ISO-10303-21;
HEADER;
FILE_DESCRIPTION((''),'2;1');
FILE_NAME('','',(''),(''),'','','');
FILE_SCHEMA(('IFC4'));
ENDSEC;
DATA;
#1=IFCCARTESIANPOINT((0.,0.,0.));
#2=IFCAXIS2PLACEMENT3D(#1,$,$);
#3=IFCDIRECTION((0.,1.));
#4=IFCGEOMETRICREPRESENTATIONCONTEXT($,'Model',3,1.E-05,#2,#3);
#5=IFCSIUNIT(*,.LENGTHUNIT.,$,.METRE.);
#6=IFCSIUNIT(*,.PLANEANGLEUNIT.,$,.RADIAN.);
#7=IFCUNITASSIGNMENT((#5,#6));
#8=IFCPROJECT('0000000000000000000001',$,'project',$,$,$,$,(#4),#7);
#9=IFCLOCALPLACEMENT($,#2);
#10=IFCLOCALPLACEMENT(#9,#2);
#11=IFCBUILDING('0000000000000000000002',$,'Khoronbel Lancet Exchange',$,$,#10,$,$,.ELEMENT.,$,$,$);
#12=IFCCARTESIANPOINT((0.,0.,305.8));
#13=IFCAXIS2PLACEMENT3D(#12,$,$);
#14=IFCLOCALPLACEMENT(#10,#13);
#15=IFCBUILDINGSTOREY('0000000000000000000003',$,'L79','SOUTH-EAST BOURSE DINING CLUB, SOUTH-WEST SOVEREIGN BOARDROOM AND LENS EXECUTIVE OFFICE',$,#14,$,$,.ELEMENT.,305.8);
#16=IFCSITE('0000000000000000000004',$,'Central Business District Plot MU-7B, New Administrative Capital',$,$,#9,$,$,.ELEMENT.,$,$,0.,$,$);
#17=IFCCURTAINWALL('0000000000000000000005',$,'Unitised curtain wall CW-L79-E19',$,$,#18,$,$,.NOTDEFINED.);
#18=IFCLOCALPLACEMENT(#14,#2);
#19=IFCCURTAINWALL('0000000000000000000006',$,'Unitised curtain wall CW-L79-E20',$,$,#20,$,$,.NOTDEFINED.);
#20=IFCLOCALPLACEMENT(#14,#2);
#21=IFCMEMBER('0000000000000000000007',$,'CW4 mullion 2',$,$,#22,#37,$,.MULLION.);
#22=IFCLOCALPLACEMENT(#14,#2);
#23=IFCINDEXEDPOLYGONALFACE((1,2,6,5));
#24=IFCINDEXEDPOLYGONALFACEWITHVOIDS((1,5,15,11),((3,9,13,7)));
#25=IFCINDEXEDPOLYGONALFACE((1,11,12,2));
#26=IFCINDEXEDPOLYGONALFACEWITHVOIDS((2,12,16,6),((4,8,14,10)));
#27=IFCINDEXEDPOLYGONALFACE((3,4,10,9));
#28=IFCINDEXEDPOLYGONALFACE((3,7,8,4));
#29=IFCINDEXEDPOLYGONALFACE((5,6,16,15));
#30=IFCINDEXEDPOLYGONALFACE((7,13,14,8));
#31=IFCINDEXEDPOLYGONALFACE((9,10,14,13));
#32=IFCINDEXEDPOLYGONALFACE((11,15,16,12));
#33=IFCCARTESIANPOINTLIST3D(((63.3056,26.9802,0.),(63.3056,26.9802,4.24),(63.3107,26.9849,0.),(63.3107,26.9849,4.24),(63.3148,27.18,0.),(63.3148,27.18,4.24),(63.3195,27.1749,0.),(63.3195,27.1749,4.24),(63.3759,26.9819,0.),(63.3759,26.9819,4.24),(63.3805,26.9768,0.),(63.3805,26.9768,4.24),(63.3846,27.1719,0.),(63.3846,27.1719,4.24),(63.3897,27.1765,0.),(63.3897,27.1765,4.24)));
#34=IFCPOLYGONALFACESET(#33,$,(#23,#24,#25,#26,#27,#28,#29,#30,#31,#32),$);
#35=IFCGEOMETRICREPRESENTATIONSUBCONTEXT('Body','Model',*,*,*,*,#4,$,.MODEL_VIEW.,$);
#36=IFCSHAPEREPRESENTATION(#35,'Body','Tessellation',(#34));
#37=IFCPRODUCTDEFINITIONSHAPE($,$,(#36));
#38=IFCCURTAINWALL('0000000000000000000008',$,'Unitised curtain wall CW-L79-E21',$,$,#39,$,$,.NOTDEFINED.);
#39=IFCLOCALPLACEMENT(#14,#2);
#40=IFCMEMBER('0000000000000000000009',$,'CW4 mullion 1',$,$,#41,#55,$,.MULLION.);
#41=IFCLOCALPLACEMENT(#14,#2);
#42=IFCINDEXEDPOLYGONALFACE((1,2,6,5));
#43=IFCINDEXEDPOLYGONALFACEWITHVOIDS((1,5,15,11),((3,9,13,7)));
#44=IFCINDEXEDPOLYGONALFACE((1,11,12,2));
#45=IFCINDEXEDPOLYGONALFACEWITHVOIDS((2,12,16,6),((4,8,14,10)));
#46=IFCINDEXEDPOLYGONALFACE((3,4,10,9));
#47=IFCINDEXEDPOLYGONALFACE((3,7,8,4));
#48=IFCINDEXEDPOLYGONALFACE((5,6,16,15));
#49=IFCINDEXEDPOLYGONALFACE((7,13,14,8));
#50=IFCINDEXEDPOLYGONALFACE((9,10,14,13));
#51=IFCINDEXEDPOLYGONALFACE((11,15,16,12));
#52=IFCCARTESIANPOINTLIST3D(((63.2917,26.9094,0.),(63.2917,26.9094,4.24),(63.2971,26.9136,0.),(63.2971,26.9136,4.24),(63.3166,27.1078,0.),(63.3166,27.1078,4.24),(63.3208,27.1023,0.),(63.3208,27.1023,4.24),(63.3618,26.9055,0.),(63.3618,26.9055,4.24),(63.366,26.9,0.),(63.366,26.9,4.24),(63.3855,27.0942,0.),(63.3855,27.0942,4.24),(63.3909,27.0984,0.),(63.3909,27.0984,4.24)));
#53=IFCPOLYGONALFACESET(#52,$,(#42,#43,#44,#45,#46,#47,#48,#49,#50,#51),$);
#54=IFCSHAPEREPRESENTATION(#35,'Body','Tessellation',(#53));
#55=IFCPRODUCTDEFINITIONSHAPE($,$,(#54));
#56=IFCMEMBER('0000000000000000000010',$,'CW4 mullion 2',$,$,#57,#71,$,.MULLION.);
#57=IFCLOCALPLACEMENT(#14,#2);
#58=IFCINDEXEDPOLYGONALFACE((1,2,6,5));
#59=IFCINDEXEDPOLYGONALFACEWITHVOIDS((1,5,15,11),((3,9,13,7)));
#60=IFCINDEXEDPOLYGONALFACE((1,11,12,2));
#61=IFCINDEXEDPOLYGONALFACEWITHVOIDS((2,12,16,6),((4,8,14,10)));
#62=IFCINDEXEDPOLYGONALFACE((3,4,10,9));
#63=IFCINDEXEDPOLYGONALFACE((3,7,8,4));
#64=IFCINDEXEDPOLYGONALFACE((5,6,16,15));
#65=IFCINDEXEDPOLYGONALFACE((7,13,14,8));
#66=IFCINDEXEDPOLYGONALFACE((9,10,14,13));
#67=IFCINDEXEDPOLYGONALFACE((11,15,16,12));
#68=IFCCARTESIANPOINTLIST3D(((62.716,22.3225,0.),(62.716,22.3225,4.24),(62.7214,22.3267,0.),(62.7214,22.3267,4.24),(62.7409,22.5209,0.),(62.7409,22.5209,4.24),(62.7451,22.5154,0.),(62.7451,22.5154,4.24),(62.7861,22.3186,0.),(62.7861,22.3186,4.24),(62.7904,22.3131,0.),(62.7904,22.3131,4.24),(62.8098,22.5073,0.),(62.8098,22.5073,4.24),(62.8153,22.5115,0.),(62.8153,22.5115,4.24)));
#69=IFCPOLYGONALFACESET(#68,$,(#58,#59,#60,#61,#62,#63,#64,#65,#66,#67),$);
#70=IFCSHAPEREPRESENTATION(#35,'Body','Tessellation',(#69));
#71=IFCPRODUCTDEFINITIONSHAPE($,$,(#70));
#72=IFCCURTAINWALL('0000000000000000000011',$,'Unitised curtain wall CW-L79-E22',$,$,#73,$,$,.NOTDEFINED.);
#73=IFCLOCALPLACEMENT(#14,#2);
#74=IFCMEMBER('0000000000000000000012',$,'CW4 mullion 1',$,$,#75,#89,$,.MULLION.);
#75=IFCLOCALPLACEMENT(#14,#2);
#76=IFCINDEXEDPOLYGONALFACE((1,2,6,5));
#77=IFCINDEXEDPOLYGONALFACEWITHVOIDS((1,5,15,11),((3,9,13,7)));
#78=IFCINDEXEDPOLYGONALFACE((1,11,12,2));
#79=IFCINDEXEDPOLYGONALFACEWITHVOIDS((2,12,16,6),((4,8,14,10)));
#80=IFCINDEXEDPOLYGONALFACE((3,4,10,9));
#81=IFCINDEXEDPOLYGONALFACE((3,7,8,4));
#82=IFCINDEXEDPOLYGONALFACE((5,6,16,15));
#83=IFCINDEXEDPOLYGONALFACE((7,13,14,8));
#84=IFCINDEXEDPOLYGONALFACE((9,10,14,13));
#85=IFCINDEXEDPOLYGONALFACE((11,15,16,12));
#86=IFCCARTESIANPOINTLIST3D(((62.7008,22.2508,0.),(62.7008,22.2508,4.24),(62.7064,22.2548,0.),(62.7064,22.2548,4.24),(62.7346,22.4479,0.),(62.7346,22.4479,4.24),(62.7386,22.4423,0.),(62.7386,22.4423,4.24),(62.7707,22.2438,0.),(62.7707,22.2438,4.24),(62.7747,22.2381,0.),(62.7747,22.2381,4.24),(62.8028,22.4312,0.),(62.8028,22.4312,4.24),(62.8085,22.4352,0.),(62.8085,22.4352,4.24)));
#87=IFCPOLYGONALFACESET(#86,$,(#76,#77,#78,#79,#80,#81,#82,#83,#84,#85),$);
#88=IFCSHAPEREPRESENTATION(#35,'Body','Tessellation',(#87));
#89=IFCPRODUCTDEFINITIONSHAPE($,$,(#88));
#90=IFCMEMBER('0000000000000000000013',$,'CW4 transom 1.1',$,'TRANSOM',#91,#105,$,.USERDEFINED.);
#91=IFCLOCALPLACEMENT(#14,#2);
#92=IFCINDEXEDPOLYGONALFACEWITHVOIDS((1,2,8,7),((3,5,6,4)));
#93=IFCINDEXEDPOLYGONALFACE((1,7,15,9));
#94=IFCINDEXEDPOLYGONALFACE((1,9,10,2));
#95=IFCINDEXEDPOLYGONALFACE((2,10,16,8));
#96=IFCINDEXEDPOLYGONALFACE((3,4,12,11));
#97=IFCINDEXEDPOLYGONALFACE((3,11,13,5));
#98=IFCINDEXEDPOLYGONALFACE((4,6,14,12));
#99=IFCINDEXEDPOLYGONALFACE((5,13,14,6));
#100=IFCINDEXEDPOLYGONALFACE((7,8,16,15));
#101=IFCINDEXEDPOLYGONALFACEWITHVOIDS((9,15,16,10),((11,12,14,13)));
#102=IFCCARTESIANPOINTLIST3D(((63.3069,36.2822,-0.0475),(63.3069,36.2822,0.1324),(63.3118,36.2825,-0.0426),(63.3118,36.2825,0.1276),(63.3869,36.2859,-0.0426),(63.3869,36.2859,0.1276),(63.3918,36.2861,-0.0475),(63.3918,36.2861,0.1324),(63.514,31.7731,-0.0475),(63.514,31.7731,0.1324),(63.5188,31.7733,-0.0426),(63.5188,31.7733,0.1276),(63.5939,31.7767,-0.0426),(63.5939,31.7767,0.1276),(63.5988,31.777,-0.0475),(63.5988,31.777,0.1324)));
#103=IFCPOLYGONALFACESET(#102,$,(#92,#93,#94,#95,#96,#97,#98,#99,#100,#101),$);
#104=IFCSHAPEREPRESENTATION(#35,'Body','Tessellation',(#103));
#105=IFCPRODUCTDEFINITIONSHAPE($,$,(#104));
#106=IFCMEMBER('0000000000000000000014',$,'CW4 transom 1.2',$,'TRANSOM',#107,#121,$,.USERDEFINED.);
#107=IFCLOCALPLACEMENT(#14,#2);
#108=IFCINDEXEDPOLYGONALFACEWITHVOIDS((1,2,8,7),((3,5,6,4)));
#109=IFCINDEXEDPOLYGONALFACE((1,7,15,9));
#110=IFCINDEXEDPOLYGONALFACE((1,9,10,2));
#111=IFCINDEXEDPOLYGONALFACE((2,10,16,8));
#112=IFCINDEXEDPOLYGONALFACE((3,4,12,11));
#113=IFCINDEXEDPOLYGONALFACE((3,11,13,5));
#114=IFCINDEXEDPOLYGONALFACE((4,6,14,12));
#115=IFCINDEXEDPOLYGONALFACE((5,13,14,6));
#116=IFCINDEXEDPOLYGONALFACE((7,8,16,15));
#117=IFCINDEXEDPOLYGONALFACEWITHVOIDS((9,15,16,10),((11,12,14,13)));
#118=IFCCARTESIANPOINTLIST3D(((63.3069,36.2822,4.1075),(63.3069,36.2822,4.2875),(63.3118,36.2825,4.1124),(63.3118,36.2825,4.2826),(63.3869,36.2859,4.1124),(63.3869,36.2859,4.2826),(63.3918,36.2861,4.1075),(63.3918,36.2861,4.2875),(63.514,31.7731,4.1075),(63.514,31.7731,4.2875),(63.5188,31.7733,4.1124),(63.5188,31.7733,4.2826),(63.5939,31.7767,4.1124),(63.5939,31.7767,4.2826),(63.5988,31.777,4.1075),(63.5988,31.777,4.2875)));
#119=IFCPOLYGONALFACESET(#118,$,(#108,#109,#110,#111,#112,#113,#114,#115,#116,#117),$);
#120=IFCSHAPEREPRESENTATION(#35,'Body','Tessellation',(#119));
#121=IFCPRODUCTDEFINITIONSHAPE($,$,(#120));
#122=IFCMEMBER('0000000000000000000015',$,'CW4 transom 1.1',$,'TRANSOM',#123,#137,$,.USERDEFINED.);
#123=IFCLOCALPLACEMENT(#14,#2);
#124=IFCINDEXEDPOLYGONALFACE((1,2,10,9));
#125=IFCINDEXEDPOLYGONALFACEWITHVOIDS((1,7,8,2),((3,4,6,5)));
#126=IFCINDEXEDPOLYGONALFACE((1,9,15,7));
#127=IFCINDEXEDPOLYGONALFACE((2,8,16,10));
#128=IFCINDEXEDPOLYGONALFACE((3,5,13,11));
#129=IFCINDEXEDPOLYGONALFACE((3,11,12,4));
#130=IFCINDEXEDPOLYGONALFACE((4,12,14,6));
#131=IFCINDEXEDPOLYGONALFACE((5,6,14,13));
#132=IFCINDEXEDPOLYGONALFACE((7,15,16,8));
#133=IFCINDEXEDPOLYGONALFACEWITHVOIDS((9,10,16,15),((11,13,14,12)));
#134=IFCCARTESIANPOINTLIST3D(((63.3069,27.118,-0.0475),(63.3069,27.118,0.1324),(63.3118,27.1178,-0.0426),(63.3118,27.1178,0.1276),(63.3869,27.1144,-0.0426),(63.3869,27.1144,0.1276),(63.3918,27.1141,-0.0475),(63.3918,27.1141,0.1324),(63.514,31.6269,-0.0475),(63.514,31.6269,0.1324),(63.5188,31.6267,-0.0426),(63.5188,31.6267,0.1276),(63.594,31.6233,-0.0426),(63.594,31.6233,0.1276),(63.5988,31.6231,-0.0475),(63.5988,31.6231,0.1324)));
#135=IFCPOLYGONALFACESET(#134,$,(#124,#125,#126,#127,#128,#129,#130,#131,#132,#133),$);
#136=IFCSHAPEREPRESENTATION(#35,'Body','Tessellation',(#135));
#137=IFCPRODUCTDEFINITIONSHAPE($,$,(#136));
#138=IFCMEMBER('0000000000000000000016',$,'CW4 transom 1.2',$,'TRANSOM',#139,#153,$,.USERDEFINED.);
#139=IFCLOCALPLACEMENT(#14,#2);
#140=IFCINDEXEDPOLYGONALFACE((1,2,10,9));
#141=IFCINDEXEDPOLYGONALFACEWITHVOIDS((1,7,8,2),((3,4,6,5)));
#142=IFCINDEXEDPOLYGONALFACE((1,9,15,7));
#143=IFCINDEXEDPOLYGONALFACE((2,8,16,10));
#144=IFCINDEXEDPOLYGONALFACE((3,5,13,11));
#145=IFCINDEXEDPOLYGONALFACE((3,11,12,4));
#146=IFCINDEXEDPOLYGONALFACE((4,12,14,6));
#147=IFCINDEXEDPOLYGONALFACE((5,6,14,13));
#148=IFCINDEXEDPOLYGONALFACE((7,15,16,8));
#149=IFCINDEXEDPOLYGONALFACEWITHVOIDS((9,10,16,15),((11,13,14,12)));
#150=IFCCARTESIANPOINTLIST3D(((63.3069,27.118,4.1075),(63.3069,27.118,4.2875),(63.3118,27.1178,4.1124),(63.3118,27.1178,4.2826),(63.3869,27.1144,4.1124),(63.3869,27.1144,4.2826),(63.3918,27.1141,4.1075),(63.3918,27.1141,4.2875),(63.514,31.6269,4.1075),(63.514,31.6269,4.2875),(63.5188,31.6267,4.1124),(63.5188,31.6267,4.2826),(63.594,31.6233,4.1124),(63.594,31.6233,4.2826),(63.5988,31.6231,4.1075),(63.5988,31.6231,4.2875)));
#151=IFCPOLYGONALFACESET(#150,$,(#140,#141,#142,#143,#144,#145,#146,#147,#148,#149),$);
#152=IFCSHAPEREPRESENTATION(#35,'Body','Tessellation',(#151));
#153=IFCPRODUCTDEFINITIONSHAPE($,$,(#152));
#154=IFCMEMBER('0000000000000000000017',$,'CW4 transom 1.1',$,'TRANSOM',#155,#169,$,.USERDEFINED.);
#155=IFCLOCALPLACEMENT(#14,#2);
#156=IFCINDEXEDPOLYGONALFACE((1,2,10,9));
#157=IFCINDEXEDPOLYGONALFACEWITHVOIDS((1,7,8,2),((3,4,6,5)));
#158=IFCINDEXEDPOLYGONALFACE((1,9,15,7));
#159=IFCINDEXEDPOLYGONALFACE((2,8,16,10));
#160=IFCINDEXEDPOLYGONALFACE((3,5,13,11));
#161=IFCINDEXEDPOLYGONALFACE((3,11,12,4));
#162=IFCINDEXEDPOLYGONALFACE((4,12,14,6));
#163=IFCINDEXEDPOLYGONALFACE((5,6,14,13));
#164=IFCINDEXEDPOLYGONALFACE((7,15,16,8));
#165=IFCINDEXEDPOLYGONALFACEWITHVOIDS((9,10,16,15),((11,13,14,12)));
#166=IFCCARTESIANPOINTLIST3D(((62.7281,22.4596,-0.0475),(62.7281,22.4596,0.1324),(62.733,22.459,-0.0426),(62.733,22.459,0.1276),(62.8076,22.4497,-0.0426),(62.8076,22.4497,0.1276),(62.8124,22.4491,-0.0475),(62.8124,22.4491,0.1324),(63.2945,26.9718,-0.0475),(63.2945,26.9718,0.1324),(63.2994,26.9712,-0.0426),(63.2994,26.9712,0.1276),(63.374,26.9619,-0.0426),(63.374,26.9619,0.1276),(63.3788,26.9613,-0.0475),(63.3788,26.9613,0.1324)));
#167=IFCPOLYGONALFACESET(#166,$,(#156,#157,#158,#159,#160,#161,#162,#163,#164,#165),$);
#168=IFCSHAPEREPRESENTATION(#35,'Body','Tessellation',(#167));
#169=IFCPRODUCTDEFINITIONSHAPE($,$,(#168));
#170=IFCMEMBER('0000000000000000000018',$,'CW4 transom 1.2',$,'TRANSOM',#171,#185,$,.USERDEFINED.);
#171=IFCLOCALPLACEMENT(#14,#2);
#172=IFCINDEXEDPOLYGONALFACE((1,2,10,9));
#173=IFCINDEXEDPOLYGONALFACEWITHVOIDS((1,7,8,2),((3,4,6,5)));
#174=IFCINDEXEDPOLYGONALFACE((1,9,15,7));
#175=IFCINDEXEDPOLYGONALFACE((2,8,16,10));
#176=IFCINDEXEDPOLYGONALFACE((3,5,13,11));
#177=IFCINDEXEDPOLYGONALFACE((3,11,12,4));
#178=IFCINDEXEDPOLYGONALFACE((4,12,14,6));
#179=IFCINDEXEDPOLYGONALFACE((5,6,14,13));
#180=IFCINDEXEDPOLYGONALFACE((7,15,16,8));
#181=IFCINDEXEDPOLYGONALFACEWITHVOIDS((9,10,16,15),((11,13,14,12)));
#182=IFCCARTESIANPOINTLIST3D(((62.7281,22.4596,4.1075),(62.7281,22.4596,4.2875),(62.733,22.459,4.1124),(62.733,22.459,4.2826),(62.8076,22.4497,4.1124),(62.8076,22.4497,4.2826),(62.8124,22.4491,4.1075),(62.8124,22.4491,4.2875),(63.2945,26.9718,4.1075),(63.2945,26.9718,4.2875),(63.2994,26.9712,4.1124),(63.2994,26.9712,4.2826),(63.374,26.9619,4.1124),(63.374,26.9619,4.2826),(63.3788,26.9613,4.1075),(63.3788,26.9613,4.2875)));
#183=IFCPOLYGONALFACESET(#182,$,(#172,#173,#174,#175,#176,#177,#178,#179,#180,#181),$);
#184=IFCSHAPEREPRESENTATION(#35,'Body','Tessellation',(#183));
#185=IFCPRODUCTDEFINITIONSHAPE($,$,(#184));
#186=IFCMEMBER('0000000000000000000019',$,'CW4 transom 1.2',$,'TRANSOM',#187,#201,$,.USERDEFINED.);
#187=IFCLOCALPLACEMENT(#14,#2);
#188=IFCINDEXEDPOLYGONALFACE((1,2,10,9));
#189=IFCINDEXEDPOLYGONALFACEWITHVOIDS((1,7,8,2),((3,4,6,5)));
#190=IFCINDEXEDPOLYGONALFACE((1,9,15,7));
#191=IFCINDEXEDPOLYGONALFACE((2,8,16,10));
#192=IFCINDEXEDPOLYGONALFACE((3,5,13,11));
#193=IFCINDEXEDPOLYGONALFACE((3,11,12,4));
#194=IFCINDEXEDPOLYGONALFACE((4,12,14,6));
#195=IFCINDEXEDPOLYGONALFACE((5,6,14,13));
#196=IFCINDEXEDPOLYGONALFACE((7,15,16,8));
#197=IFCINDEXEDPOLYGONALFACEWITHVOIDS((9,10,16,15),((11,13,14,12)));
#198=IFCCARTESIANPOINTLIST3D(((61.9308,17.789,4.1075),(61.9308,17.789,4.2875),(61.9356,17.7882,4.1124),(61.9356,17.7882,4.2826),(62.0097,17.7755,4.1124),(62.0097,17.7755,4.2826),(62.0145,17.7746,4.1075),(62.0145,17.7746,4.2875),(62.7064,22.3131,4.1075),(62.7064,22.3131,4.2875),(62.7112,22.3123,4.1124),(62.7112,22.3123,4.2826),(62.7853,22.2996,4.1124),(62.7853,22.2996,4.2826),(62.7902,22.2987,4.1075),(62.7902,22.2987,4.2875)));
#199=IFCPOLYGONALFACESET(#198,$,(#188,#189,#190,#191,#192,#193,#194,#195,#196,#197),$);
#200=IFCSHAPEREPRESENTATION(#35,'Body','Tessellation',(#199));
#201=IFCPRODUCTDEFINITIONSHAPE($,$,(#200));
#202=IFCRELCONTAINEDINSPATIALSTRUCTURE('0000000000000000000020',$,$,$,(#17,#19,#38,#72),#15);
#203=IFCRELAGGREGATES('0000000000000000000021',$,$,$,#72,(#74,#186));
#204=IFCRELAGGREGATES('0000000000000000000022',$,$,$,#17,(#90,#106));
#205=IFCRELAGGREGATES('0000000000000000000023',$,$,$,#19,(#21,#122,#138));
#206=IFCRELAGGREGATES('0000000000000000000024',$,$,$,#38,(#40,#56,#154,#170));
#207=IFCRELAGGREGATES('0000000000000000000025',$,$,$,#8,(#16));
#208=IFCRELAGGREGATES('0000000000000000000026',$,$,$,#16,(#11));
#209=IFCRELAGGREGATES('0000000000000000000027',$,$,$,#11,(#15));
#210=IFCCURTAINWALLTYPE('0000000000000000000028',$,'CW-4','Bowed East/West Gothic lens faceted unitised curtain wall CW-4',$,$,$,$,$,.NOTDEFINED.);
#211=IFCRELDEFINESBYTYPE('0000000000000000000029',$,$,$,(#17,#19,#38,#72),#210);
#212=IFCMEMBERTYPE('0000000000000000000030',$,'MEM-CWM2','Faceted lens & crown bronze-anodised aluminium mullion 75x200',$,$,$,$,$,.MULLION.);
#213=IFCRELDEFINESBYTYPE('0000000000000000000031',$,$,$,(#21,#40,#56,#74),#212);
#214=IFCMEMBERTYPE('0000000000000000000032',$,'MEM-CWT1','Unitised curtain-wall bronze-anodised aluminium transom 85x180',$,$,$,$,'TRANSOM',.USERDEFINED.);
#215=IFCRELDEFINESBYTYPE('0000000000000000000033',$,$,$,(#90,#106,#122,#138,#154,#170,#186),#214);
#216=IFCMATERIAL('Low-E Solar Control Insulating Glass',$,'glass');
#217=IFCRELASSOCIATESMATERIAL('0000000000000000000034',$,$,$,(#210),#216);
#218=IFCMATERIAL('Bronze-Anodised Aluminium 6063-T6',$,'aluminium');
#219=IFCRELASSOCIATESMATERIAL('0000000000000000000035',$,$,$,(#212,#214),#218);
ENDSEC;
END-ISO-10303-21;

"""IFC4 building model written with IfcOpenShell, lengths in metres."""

from ifc_helpers import new_model, si_unit, direction, frame, origin, origin_2d, place, context, subcontext, project, spatial, hollow_rectangle, extrude, material, material_profile, profile_set, type_object, element, aggregate, save


model = new_model("IFC4")

# Units and contexts
model_context = context("Model", 3, precision=1e-05, world=origin(), true_north=direction((0.0, 1.0)))
body_context = subcontext(model_context, "Body", "Model", "MODEL_VIEW")
ifc_project = project(units=[si_unit("LENGTHUNIT", "METRE"), si_unit("PLANEANGLEUNIT", "RADIAN")], contexts=[model_context])

# Site, building, storey
site_placement = place(None, origin())
site = spatial("IfcSite", under=ifc_project, at=site_placement, Name="Central Business District Plot MU-7B, New Administrative Capital", CompositionType="ELEMENT", RefElevation=0.0)
building_placement = place(site_placement, origin())
building = spatial("IfcBuilding", under=site, at=building_placement, Name="Khoronbel Lancet Exchange", CompositionType="ELEMENT")
storey_placement = place(building_placement, frame((0.0, 0.0, 305.8)))
storey = spatial("IfcBuildingStorey", under=building, at=storey_placement, Name="L79", Description="SOUTH-EAST BOURSE DINING CLUB, SOUTH-WEST SOVEREIGN BOARDROOM AND LENS EXECUTIVE OFFICE", CompositionType="ELEMENT", Elevation=305.8)

# Shared definitions
ifc_material_1 = material(Name="Low-E Solar Control Insulating Glass", Category="glass")
curtain_wall_type = type_object("IfcCurtainWallType", Name="CW-4", Description="Bowed East/West Gothic lens faceted unitised curtain wall CW-4", PredefinedType="NOTDEFINED", material=ifc_material_1)
ifc_material_2 = material(Name="Bronze-Anodised Aluminium 6063-T6", Category="aluminium")
ifc_material_profile_1 = material_profile(ifc_material_2, hollow_rectangle(XDim=0.075, YDim=0.2, WallThickness=0.0049, at=origin_2d()), Name="ALU MULLION 75x200")
ifc_profile_set_1 = profile_set([ifc_material_profile_1], Name="Bronze-Anodised Aluminium 6063-T6")
member_type_1 = type_object("IfcMemberType", Name="MEM-CWM2", Description="Faceted lens & crown bronze-anodised aluminium mullion 75x200", PredefinedType="MULLION", material=ifc_profile_set_1)

# Curtain walls, members
curtain_wall_1_placement = place(storey_placement, origin())
curtain_wall_1 = element("IfcCurtainWall", 1, at=curtain_wall_1_placement, inside=storey, type_object=curtain_wall_type, Name="Unitised curtain wall CW-L79-E19", PredefinedType="NOTDEFINED")
curtain_wall_2_placement = place(storey_placement, origin())
curtain_wall_2 = element("IfcCurtainWall", 2, at=curtain_wall_2_placement, inside=storey, type_object=curtain_wall_type, Name="Unitised curtain wall CW-L79-E20", PredefinedType="NOTDEFINED")
member_1_placement = place(storey_placement, frame((63.3477, 27.0784, 0.0), z_axis=(0.0, 0.0, 1.0), x_axis=(0.998947, -0.045884, 0.0)))
member_1 = element("IfcMember", 3, at=member_1_placement, type_object=member_type_1, Name="CW4 mullion 2", PredefinedType="MULLION", context=body_context, shape_type="SweptSolid", body=[
    extrude(hollow_rectangle(XDim=0.075, YDim=0.2, WallThickness=0.0049, at=origin_2d()), origin(), (0.0, 0.0, 1.0), 4.24),
])
curtain_wall_3_placement = place(storey_placement, origin())
curtain_wall_3 = element("IfcCurtainWall", 4, at=curtain_wall_3_placement, inside=storey, type_object=curtain_wall_type, Name="Unitised curtain wall CW-L79-E21", PredefinedType="NOTDEFINED")
member_2_placement = place(storey_placement, frame((63.3413, 27.0039, 0.0), z_axis=(0.0, 0.0, 1.0), x_axis=(0.992218, -0.124509, 0.0)))
member_2 = element("IfcMember", 5, at=member_2_placement, type_object=member_type_1, Name="CW4 mullion 1", PredefinedType="MULLION", context=body_context, shape_type="SweptSolid", body=[
    extrude(hollow_rectangle(XDim=0.075, YDim=0.2, WallThickness=0.0049, at=origin_2d()), origin(), (0.0, 0.0, 1.0), 4.24),
])
member_3_placement = place(storey_placement, frame((62.7656, 22.417, 0.0), z_axis=(0.0, 0.0, 1.0), x_axis=(0.992218, -0.124509, 0.0)))
member_3 = element("IfcMember", 6, at=member_3_placement, type_object=member_type_1, Name="CW4 mullion 2", PredefinedType="MULLION", context=body_context, shape_type="SweptSolid", body=[
    extrude(hollow_rectangle(XDim=0.075, YDim=0.2, WallThickness=0.0049, at=origin_2d()), origin(), (0.0, 0.0, 1.0), 4.24),
])

# Curtain wall, member
curtain_wall_4_placement = place(storey_placement, origin())
curtain_wall_4 = element("IfcCurtainWall", 7, at=curtain_wall_4_placement, inside=storey, type_object=curtain_wall_type, Name="Unitised curtain wall CW-L79-E22", PredefinedType="NOTDEFINED")
member_4_placement = place(storey_placement, frame((62.7546, 22.343, 0.0), z_axis=(0.0, 0.0, 1.0), x_axis=(0.98562, -0.168974, 0.0)))
member_4 = element("IfcMember", 8, at=member_4_placement, type_object=member_type_1, Name="CW4 mullion 1", PredefinedType="MULLION", context=body_context, shape_type="SweptSolid", body=[
    extrude(hollow_rectangle(XDim=0.075, YDim=0.2, WallThickness=0.0049, at=origin_2d()), origin(), (0.0, 0.0, 1.0), 4.24),
])

# Members
ifc_material_profile_2 = material_profile(ifc_material_2, hollow_rectangle(XDim=0.085, YDim=0.1799, WallThickness=0.0049, at=origin_2d()), Name="ALU TRANSOM 85x180")
ifc_profile_set_2 = profile_set([ifc_material_profile_2], Name="Bronze-Anodised Aluminium 6063-T6")
member_type_2 = type_object("IfcMemberType", Name="MEM-CWT1", Description="Unitised curtain-wall bronze-anodised aluminium transom 85x180", ElementType="TRANSOM", PredefinedType="USERDEFINED", material=ifc_profile_set_2)
member_5_placement = place(storey_placement, frame((63.3494, 36.2842, 0.0425), z_axis=(0.045864, -0.998948, 0.0), x_axis=(0.998948, 0.045864, 0.0)))
member_5 = element("IfcMember", 9, at=member_5_placement, type_object=member_type_2, Name="CW4 transom 1.1", ObjectType="TRANSOM", PredefinedType="USERDEFINED", context=body_context, shape_type="SweptSolid", body=[
    extrude(hollow_rectangle(XDim=0.085, YDim=0.1799, WallThickness=0.0049, at=origin_2d()), origin(), (0.0, 0.0, 1.0), 4.5139),
])
member_6_placement = place(storey_placement, frame((63.3494, 36.2842, 4.1975), z_axis=(0.045864, -0.998948, 0.0), x_axis=(0.998948, 0.045864, 0.0)))
member_6 = element("IfcMember", 10, at=member_6_placement, type_object=member_type_2, Name="CW4 transom 1.2", ObjectType="TRANSOM", PredefinedType="USERDEFINED", context=body_context, shape_type="SweptSolid", body=[
    extrude(hollow_rectangle(XDim=0.085, YDim=0.1799, WallThickness=0.0049, at=origin_2d()), origin(), (0.0, 0.0, 1.0), 4.5139),
])
member_7_placement = place(storey_placement, frame((63.5564, 31.625, 0.0425), z_axis=(-0.045866, -0.998948, 0.0), x_axis=(0.998948, -0.045866, 0.0)))
member_7 = element("IfcMember", 11, at=member_7_placement, type_object=member_type_2, Name="CW4 transom 1.1", ObjectType="TRANSOM", PredefinedType="USERDEFINED", context=body_context, shape_type="SweptSolid", body=[
    extrude(hollow_rectangle(XDim=0.085, YDim=0.1799, WallThickness=0.0049, at=origin_2d()), origin(), (0.0, 0.0, 1.0), 4.5137),
])
member_8_placement = place(storey_placement, frame((63.5564, 31.625, 4.1975), z_axis=(-0.045866, -0.998948, 0.0), x_axis=(0.998948, -0.045866, 0.0)))
member_8 = element("IfcMember", 12, at=member_8_placement, type_object=member_type_2, Name="CW4 transom 1.2", ObjectType="TRANSOM", PredefinedType="USERDEFINED", context=body_context, shape_type="SweptSolid", body=[
    extrude(hollow_rectangle(XDim=0.085, YDim=0.1799, WallThickness=0.0049, at=origin_2d()), origin(), (0.0, 0.0, 1.0), 4.5137),
])
member_9_placement = place(storey_placement, frame((63.3367, 26.9666, 0.0425), z_axis=(-0.12455, -0.992213, 0.0), x_axis=(0.992213, -0.12455, 0.0)))
member_9 = element("IfcMember", 13, at=member_9_placement, type_object=member_type_2, Name="CW4 transom 1.1", ObjectType="TRANSOM", PredefinedType="USERDEFINED", context=body_context, shape_type="SweptSolid", body=[
    extrude(hollow_rectangle(XDim=0.085, YDim=0.1799, WallThickness=0.0049, at=origin_2d()), origin(), (0.0, 0.0, 1.0), 4.5476),
])
member_10_placement = place(storey_placement, frame((63.3367, 26.9666, 4.1975), z_axis=(-0.12455, -0.992213, 0.0), x_axis=(0.992213, -0.12455, 0.0)))
member_10 = element("IfcMember", 14, at=member_10_placement, type_object=member_type_2, Name="CW4 transom 1.2", ObjectType="TRANSOM", PredefinedType="USERDEFINED", context=body_context, shape_type="SweptSolid", body=[
    extrude(hollow_rectangle(XDim=0.085, YDim=0.1799, WallThickness=0.0049, at=origin_2d()), origin(), (0.0, 0.0, 1.0), 4.5476),
])
member_11_placement = place(storey_placement, frame((62.7483, 22.3059, 4.1975), z_axis=(-0.168977, -0.98562, 0.0), x_axis=(0.98562, -0.168977, 0.0)))
member_11 = element("IfcMember", 15, at=member_11_placement, type_object=member_type_2, Name="CW4 transom 1.2", ObjectType="TRANSOM", PredefinedType="USERDEFINED", context=body_context, shape_type="SweptSolid", body=[
    extrude(hollow_rectangle(XDim=0.085, YDim=0.1799, WallThickness=0.0049, at=origin_2d()), origin(), (0.0, 0.0, 1.0), 4.5901),
])
aggregate(curtain_wall_4, [member_4, member_11])

aggregate(curtain_wall_1, [member_5, member_6])
aggregate(curtain_wall_2, [member_1, member_7, member_8])
aggregate(curtain_wall_3, [member_2, member_3, member_9, member_10])

save(model, "model.ifc")
